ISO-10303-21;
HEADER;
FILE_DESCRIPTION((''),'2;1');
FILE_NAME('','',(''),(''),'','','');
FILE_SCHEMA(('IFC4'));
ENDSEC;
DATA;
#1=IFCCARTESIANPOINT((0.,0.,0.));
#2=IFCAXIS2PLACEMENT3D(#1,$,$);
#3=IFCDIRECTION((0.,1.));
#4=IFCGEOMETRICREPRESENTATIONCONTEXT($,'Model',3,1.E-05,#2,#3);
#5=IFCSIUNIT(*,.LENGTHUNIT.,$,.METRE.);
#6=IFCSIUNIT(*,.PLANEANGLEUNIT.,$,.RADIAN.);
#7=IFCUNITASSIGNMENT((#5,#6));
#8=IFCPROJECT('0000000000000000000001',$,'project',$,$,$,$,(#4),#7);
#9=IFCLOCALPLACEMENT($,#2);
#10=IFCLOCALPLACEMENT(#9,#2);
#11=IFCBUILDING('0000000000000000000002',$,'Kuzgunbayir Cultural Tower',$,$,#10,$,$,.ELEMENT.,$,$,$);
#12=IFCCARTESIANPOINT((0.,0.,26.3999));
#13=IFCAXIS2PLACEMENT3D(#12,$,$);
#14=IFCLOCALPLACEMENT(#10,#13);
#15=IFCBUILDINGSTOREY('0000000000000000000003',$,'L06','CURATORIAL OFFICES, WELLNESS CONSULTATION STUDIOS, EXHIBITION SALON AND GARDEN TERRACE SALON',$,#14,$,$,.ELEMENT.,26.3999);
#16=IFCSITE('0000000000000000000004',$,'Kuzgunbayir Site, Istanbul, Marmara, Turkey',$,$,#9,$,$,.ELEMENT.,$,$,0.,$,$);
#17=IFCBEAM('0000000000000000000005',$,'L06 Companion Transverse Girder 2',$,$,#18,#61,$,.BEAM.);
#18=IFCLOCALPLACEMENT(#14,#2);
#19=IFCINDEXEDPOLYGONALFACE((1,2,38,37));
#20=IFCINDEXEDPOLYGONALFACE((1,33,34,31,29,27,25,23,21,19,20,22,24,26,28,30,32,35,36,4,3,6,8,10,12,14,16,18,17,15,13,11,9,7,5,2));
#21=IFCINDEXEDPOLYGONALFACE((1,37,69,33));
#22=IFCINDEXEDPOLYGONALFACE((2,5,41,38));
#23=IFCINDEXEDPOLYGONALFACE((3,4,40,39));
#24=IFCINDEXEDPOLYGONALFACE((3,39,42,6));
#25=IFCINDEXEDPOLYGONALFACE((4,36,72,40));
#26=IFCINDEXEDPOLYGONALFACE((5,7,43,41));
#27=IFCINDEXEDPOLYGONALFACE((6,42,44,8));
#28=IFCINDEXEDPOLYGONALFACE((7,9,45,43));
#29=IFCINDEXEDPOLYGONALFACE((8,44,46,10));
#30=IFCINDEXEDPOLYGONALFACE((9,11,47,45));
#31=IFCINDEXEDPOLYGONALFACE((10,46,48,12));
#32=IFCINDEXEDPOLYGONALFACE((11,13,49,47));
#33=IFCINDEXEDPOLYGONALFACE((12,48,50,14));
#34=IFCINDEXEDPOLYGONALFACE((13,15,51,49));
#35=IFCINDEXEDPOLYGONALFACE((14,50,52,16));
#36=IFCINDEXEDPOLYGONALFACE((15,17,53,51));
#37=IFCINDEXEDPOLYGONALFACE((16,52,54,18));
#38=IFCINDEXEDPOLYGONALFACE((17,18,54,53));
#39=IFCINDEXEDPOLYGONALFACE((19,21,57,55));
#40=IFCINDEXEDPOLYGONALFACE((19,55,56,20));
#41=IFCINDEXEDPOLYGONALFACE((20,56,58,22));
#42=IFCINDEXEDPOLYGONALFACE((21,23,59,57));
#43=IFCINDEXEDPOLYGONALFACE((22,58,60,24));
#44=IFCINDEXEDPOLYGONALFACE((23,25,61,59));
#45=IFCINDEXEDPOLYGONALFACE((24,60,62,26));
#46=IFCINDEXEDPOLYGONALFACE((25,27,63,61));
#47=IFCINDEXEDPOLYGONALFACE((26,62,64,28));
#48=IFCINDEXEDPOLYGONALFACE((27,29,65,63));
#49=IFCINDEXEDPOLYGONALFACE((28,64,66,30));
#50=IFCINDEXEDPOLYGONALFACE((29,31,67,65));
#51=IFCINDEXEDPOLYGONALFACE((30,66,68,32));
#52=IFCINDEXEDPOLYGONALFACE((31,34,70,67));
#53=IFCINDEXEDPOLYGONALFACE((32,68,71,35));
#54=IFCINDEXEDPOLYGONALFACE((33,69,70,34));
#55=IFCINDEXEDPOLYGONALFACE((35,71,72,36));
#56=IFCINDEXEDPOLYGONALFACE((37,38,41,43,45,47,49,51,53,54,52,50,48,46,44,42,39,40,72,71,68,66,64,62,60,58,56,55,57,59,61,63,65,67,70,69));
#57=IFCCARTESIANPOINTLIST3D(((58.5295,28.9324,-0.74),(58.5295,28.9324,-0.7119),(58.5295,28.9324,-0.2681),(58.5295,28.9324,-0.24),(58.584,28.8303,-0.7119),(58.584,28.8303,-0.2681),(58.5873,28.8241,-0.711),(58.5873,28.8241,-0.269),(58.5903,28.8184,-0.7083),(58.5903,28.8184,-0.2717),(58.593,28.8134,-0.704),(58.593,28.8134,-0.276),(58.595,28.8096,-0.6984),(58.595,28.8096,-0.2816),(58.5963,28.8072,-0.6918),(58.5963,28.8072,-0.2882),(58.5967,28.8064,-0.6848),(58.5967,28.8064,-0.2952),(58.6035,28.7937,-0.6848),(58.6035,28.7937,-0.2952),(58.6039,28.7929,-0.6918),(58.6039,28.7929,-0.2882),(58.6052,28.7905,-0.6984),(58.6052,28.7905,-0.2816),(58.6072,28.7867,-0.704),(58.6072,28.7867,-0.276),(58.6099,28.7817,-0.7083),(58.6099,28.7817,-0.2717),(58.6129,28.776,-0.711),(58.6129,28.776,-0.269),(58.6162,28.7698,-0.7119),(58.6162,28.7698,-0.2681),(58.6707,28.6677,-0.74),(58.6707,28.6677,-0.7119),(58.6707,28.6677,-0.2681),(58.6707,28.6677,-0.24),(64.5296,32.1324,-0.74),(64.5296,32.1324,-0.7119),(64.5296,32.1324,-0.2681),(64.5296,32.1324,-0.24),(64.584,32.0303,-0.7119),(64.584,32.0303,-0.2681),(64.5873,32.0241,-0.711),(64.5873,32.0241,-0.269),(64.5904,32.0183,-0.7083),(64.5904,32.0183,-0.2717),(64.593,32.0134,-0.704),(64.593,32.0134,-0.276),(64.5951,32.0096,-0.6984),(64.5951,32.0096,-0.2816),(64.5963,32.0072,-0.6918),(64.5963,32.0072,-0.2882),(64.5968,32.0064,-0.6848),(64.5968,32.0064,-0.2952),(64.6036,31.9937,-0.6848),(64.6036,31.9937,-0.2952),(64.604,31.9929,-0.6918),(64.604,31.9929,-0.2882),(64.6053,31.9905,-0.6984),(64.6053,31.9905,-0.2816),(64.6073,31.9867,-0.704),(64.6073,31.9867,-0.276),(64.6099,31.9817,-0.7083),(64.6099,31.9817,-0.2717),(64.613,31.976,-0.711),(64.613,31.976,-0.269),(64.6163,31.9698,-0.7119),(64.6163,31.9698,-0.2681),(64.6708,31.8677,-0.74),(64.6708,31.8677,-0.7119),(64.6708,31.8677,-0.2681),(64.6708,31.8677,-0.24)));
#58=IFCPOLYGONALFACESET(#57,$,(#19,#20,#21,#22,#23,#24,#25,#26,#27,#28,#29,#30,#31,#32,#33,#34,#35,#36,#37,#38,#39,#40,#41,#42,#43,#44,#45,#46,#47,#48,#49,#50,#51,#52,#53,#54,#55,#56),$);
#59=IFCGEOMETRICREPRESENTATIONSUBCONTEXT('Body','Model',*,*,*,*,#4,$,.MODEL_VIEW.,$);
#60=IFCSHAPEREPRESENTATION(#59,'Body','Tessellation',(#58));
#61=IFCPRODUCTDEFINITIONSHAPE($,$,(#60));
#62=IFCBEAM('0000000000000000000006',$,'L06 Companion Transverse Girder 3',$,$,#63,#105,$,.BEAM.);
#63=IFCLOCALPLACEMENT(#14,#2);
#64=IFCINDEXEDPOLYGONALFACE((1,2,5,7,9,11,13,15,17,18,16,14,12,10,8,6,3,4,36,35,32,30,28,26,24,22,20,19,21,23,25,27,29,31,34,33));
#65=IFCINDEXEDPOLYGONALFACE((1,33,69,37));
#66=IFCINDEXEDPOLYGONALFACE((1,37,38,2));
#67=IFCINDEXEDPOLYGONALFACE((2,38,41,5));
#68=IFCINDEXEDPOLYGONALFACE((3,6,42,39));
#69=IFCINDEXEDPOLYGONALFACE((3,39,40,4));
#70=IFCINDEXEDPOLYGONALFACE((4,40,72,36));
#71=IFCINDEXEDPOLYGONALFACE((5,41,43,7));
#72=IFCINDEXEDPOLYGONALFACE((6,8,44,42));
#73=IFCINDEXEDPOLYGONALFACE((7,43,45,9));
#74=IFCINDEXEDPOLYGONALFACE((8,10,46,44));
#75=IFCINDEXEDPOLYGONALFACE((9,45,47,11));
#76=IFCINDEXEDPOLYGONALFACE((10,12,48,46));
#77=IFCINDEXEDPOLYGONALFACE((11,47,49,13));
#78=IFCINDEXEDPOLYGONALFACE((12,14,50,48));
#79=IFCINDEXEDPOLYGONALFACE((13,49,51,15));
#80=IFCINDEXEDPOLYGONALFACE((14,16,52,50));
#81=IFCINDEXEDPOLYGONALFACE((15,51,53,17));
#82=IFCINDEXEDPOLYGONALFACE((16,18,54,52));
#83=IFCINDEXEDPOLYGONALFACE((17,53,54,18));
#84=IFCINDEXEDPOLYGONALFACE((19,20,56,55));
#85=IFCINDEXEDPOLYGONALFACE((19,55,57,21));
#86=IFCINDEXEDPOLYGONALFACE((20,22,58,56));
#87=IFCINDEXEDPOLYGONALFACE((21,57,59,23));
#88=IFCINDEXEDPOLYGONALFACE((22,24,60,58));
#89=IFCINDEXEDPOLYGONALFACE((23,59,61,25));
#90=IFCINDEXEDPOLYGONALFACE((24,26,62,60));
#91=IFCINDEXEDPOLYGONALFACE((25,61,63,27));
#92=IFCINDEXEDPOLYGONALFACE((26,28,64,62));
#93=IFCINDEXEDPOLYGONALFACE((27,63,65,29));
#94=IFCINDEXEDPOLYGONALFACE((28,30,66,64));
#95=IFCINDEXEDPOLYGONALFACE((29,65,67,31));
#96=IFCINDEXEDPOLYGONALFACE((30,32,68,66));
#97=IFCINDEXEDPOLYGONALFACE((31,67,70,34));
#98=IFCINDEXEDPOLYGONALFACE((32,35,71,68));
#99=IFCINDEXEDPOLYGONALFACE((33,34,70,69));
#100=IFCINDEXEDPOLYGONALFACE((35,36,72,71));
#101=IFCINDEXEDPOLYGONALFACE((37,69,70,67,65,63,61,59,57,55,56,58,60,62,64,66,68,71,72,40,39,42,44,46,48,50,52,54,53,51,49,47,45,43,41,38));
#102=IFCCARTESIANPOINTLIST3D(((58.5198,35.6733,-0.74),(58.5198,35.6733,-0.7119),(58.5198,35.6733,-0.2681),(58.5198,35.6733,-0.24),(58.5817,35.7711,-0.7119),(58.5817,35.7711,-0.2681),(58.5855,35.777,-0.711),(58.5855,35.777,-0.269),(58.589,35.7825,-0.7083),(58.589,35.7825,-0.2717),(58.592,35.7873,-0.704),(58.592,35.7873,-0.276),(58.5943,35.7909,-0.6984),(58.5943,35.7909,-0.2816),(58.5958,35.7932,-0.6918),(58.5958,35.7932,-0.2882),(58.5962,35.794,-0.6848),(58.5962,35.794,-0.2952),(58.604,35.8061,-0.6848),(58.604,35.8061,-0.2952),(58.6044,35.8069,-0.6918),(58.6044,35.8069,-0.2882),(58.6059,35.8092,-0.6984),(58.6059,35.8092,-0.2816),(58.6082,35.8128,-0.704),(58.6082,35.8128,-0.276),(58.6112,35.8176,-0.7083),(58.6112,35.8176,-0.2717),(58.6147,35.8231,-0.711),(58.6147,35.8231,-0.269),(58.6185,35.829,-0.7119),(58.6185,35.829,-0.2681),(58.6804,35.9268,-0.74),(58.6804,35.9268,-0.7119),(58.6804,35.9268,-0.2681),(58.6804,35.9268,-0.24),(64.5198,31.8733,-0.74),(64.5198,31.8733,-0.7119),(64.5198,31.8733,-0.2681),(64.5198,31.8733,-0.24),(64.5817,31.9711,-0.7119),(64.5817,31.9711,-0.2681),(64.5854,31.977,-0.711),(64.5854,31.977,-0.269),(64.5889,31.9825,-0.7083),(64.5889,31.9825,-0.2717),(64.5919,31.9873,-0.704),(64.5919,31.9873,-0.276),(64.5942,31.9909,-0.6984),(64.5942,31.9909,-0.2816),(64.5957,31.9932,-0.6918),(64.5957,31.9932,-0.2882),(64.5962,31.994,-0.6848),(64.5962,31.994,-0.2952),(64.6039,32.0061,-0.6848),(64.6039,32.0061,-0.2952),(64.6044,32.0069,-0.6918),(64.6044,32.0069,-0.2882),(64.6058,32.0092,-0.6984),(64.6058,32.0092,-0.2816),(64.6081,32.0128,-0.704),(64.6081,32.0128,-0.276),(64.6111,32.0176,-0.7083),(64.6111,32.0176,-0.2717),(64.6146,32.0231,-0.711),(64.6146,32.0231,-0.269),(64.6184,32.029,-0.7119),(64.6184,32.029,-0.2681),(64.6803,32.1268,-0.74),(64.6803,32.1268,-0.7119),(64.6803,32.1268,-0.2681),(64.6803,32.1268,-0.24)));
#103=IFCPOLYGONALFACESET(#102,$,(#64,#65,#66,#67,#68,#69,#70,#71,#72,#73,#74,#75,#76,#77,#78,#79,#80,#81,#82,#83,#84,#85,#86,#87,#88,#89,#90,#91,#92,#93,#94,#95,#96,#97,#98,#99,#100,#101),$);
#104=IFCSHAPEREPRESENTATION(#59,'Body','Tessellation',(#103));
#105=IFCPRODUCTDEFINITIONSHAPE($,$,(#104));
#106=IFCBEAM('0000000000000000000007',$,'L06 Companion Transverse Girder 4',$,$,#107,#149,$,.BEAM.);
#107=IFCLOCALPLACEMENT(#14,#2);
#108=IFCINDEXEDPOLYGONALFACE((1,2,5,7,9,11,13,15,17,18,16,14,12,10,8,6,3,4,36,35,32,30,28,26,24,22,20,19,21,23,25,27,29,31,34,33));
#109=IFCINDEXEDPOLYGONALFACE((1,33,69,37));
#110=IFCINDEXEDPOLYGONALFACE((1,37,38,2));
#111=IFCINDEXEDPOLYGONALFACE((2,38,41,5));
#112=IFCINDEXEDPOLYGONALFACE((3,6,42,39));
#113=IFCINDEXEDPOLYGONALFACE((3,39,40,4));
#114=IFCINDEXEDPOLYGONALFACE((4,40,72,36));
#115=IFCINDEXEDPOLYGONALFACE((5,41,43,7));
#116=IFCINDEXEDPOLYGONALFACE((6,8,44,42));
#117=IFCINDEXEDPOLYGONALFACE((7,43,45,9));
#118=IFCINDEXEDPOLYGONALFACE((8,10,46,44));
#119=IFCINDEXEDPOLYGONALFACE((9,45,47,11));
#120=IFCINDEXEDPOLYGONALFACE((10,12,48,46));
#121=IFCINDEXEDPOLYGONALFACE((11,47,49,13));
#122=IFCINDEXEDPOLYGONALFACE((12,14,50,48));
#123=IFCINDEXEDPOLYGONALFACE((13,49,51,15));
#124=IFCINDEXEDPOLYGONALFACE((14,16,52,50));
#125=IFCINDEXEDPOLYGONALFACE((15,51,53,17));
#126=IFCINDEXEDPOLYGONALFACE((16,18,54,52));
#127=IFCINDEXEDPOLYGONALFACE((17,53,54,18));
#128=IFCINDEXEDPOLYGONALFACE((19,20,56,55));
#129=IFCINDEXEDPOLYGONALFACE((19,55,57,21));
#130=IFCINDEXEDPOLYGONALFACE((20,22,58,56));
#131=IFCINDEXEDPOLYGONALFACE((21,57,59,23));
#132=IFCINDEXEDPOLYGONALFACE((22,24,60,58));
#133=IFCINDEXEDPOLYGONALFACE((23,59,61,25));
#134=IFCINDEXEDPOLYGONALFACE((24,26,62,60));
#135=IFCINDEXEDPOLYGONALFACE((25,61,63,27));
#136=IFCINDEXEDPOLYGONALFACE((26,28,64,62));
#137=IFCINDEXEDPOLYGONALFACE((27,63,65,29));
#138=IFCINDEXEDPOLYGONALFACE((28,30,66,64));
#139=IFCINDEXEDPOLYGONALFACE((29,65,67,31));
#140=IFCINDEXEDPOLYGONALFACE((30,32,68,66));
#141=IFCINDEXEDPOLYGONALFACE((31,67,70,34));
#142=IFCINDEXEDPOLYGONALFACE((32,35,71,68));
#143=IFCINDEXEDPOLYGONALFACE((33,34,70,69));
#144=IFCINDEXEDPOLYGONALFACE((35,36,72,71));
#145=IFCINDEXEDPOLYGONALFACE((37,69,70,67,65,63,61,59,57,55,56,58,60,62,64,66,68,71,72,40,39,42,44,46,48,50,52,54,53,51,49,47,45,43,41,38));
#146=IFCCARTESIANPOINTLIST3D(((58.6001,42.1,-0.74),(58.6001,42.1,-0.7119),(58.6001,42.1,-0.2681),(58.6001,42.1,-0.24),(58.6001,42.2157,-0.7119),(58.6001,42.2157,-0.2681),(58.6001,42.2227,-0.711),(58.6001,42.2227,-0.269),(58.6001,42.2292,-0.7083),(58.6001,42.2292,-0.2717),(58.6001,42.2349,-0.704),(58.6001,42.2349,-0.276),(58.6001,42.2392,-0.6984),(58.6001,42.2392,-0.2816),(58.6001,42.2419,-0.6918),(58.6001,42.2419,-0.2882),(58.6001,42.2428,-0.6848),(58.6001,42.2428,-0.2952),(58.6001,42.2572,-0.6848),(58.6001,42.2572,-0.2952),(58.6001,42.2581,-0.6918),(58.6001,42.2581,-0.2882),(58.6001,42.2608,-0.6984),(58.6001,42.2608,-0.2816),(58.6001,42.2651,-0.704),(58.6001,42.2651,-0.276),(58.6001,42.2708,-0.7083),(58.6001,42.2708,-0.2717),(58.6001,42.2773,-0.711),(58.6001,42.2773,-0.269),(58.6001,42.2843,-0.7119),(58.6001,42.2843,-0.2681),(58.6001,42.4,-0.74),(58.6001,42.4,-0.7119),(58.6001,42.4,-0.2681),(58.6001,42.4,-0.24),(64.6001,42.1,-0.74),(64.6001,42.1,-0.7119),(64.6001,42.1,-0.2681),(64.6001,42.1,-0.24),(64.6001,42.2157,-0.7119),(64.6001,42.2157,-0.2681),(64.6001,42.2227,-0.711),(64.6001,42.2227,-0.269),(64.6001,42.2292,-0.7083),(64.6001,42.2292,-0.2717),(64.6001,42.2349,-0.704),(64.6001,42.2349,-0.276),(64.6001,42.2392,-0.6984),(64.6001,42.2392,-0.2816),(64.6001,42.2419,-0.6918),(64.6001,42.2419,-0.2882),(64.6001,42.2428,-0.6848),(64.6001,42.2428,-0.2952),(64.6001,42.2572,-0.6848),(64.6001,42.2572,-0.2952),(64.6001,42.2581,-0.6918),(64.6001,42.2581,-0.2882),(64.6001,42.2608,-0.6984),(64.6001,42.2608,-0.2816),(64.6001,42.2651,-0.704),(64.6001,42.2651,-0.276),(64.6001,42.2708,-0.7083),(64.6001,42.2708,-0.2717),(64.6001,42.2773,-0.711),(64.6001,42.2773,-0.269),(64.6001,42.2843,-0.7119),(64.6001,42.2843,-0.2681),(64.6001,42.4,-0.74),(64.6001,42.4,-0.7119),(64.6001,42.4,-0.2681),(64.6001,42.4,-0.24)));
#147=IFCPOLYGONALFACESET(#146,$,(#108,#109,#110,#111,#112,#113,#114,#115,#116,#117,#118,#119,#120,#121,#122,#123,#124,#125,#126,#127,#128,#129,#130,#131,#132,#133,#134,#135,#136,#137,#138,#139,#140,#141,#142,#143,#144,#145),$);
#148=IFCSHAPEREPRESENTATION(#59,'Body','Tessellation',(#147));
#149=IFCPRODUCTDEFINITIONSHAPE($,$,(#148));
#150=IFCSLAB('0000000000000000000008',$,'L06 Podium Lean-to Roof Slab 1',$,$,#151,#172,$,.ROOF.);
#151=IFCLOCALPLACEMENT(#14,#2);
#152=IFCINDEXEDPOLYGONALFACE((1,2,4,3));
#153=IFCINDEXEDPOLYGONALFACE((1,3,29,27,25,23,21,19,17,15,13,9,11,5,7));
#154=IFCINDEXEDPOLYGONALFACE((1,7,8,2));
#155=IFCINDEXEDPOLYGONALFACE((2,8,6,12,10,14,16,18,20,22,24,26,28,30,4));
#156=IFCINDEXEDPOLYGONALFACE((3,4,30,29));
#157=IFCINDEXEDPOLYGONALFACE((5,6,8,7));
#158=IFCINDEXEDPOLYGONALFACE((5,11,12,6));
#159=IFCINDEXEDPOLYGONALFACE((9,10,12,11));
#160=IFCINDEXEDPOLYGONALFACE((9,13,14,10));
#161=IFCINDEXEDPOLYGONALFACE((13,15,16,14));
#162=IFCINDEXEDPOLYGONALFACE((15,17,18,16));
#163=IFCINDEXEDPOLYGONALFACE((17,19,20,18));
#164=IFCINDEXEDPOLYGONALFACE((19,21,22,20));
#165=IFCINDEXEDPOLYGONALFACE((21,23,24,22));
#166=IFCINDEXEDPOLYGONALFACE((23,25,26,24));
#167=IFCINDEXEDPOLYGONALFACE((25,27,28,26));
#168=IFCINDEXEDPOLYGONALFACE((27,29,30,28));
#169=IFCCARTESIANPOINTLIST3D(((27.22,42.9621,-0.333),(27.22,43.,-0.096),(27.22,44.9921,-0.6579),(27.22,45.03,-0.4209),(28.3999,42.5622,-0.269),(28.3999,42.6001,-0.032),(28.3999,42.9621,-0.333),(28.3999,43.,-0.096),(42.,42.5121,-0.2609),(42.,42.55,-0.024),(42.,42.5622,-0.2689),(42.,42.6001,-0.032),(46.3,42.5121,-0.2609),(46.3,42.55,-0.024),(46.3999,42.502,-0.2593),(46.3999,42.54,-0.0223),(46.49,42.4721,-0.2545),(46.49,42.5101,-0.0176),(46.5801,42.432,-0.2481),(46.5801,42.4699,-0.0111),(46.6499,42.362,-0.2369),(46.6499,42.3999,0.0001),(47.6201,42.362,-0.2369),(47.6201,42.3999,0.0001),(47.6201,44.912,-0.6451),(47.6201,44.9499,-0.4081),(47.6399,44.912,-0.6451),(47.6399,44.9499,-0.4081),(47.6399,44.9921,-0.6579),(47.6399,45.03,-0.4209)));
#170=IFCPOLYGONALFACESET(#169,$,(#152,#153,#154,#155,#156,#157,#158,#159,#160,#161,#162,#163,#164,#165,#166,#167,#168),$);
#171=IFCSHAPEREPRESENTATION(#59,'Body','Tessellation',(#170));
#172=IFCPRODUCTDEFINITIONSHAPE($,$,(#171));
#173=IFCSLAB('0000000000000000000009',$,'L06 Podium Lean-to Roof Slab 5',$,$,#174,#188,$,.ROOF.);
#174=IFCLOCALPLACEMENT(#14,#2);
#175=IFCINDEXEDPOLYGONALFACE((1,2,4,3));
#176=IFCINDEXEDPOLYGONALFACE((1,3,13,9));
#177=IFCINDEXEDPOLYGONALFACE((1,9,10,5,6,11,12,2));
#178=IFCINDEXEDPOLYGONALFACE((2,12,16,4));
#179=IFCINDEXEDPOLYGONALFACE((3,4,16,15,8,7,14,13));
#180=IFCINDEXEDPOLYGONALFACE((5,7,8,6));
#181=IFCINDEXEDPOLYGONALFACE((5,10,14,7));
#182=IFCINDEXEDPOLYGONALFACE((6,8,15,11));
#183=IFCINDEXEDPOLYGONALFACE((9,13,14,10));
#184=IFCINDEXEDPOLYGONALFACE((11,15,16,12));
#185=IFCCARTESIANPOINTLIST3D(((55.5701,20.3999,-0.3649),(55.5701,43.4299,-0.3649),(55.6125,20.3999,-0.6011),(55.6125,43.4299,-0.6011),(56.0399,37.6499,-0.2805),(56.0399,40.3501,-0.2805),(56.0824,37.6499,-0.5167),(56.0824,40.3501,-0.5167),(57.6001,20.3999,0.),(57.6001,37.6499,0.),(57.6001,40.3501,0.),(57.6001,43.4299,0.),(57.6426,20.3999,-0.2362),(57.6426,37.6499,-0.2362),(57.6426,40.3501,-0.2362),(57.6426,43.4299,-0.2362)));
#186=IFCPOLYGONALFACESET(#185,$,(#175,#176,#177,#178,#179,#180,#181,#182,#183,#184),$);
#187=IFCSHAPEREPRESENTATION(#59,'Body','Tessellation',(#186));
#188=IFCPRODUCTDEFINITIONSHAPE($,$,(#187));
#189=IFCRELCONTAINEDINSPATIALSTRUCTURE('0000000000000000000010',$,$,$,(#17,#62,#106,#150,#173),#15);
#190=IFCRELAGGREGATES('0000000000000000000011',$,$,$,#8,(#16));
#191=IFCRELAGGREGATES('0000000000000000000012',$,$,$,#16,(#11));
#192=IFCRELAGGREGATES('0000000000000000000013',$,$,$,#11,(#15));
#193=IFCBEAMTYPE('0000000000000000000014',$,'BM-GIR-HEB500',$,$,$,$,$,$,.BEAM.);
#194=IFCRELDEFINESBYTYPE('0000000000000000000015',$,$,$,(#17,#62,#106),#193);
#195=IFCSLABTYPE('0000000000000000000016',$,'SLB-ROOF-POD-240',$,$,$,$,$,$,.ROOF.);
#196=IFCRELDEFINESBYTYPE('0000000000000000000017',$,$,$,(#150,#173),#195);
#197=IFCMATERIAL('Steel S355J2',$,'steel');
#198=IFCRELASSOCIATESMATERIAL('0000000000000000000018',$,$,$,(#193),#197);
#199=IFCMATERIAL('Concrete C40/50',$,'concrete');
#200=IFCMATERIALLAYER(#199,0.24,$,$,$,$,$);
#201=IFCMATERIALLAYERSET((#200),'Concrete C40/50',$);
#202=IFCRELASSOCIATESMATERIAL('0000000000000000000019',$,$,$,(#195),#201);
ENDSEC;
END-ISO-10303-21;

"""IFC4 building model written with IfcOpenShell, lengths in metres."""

from ifc_helpers import new_model, si_unit, direction, frame, origin, origin_2d, place, context, subcontext, project, spatial, polyline, i_section, outline, extrude, material, layer, layer_set, material_profile, profile_set, type_object, element, save


model = new_model("IFC4")

# Units and contexts
model_context = context("Model", 3, precision=1e-05, world=origin(), true_north=direction((0.0, 1.0)))
body_context = subcontext(model_context, "Body", "Model", "MODEL_VIEW")
ifc_project = project(units=[si_unit("LENGTHUNIT", "METRE"), si_unit("PLANEANGLEUNIT", "RADIAN")], contexts=[model_context])

# Site, building, storey
site_placement = place(None, origin())
site = spatial("IfcSite", under=ifc_project, at=site_placement, Name="Kuzgunbayir Site, Istanbul, Marmara, Turkey", CompositionType="ELEMENT", RefElevation=0.0)
building_placement = place(site_placement, origin())
building = spatial("IfcBuilding", under=site, at=building_placement, Name="Kuzgunbayir Cultural Tower", CompositionType="ELEMENT")
storey_placement = place(building_placement, frame((0.0, 0.0, 26.3999)))
storey = spatial("IfcBuildingStorey", under=building, at=storey_placement, Name="L06", Description="CURATORIAL OFFICES, WELLNESS CONSULTATION STUDIOS, EXHIBITION SALON AND GARDEN TERRACE SALON", CompositionType="ELEMENT", Elevation=26.3999)

# Beams
ifc_material_1 = material(Name="Steel S355J2", Category="steel")
ifc_material_profile_1 = material_profile(ifc_material_1, i_section(OverallWidth=0.3, OverallDepth=0.5, WebThickness=0.0144, FlangeThickness=0.0281, FilletRadius=0.0271, at=origin_2d()), Name="HEB 500")
ifc_profile_set_1 = profile_set([ifc_material_profile_1], Name="Steel S355J2")
beam_type_1 = type_object("IfcBeamType", Name="BM-GIR-HEB500", PredefinedType="BEAM", material=ifc_profile_set_1)
beam_1_placement = place(storey_placement, frame((58.6001, 28.8, -0.49), z_axis=(0.882356, 0.470583, 0.0), x_axis=(-0.470583, 0.882356, 0.0)))
element("IfcBeam", 1, at=beam_1_placement, inside=storey, type_object=beam_type_1, Name="L06 Companion Transverse Girder 2", PredefinedType="BEAM", context=body_context, shape_type="SweptSolid", body=[
    extrude(i_section(OverallWidth=0.3, OverallDepth=0.5, WebThickness=0.0144, FlangeThickness=0.0281, FilletRadius=0.0271, at=origin_2d()), origin(), (0.0, 0.0, 1.0), 6.8),
])
beam_2_placement = place(storey_placement, frame((58.6001, 35.8, -0.49), z_axis=(0.844816, -0.535057, 0.0), x_axis=(0.535057, 0.844816, 0.0)))
element("IfcBeam", 2, at=beam_2_placement, inside=storey, type_object=beam_type_1, Name="L06 Companion Transverse Girder 3", PredefinedType="BEAM", context=body_context, shape_type="SweptSolid", body=[
    extrude(i_section(OverallWidth=0.3, OverallDepth=0.5, WebThickness=0.0144, FlangeThickness=0.0281, FilletRadius=0.0271, at=origin_2d()), origin(), (0.0, 0.0, 1.0), 7.1021),
])
beam_3_placement = place(storey_placement, frame((58.6001, 42.25, -0.49), z_axis=(1.0, 0.0, 0.0), x_axis=(0.0, 1.0, 0.0)))
element("IfcBeam", 3, at=beam_3_placement, inside=storey, type_object=beam_type_1, Name="L06 Companion Transverse Girder 4", PredefinedType="BEAM", context=body_context, shape_type="SweptSolid", body=[
    extrude(i_section(OverallWidth=0.3, OverallDepth=0.5, WebThickness=0.0144, FlangeThickness=0.0281, FilletRadius=0.0271, at=origin_2d()), origin(), (0.0, 0.0, 1.0), 6.0),
])

# Slabs
ifc_material_2 = material(Name="Concrete C40/50", Category="concrete")
ifc_layer_1 = layer(ifc_material_2, 0.24)
ifc_layer_set_1 = layer_set([ifc_layer_1], Name="Concrete C40/50")
slab_type = type_object("IfcSlabType", Name="SLB-ROOF-POD-240", PredefinedType="ROOF", material=ifc_layer_set_1)
slab_1_placement = place(storey_placement, frame((47.6399, 45.03, -0.4209), z_axis=(-0.000001, 0.158045, 0.987432), x_axis=(-1.0, 0.0, -0.000001)))
element("IfcSlab", 4, at=slab_1_placement, inside=storey, type_object=slab_type, Name="L06 Podium Lean-to Roof Slab 1", PredefinedType="ROOF", context=body_context, shape_type="SweptSolid", body=[
    extrude(outline(polyline([(0.0, 0.0), (20.4199, 0.0), (20.4199, 2.0559), (19.24, 2.0559), (19.24, 2.4609), (5.6399, 2.4609), (5.6399, 2.5116), (1.3398, 2.5116), (1.24, 2.5217), (1.1499, 2.5521), (1.0598, 2.5927), (0.99, 2.6636), (0.0198, 2.6636), (0.0198, 0.0811), (0.0, 0.0811), (0.0, 0.0)])), origin(), (0.0, 0.0, -1.0), 0.24),
])
slab_2_placement = place(storey_placement, frame((57.6001, 43.4299, 0.0), z_axis=(-0.176927, 0.0, 0.984224), x_axis=(-0.984224, 0.0, -0.176927)))
element("IfcSlab", 5, at=slab_2_placement, inside=storey, type_object=slab_type, Name="L06 Podium Lean-to Roof Slab 5", PredefinedType="ROOF", context=body_context, shape_type="SweptSolid", body=[
    extrude(outline(polyline([(0.0, 0.0), (2.0626, 0.0), (2.0626, 23.03), (0.0, 23.03), (0.0, 5.78), (1.5852, 5.78), (1.5852, 3.0798), (0.0, 3.0798), (0.0, 0.0)])), origin(), (0.0, 0.0, -1.0), 0.24),
])

save(model, "model.ifc")
